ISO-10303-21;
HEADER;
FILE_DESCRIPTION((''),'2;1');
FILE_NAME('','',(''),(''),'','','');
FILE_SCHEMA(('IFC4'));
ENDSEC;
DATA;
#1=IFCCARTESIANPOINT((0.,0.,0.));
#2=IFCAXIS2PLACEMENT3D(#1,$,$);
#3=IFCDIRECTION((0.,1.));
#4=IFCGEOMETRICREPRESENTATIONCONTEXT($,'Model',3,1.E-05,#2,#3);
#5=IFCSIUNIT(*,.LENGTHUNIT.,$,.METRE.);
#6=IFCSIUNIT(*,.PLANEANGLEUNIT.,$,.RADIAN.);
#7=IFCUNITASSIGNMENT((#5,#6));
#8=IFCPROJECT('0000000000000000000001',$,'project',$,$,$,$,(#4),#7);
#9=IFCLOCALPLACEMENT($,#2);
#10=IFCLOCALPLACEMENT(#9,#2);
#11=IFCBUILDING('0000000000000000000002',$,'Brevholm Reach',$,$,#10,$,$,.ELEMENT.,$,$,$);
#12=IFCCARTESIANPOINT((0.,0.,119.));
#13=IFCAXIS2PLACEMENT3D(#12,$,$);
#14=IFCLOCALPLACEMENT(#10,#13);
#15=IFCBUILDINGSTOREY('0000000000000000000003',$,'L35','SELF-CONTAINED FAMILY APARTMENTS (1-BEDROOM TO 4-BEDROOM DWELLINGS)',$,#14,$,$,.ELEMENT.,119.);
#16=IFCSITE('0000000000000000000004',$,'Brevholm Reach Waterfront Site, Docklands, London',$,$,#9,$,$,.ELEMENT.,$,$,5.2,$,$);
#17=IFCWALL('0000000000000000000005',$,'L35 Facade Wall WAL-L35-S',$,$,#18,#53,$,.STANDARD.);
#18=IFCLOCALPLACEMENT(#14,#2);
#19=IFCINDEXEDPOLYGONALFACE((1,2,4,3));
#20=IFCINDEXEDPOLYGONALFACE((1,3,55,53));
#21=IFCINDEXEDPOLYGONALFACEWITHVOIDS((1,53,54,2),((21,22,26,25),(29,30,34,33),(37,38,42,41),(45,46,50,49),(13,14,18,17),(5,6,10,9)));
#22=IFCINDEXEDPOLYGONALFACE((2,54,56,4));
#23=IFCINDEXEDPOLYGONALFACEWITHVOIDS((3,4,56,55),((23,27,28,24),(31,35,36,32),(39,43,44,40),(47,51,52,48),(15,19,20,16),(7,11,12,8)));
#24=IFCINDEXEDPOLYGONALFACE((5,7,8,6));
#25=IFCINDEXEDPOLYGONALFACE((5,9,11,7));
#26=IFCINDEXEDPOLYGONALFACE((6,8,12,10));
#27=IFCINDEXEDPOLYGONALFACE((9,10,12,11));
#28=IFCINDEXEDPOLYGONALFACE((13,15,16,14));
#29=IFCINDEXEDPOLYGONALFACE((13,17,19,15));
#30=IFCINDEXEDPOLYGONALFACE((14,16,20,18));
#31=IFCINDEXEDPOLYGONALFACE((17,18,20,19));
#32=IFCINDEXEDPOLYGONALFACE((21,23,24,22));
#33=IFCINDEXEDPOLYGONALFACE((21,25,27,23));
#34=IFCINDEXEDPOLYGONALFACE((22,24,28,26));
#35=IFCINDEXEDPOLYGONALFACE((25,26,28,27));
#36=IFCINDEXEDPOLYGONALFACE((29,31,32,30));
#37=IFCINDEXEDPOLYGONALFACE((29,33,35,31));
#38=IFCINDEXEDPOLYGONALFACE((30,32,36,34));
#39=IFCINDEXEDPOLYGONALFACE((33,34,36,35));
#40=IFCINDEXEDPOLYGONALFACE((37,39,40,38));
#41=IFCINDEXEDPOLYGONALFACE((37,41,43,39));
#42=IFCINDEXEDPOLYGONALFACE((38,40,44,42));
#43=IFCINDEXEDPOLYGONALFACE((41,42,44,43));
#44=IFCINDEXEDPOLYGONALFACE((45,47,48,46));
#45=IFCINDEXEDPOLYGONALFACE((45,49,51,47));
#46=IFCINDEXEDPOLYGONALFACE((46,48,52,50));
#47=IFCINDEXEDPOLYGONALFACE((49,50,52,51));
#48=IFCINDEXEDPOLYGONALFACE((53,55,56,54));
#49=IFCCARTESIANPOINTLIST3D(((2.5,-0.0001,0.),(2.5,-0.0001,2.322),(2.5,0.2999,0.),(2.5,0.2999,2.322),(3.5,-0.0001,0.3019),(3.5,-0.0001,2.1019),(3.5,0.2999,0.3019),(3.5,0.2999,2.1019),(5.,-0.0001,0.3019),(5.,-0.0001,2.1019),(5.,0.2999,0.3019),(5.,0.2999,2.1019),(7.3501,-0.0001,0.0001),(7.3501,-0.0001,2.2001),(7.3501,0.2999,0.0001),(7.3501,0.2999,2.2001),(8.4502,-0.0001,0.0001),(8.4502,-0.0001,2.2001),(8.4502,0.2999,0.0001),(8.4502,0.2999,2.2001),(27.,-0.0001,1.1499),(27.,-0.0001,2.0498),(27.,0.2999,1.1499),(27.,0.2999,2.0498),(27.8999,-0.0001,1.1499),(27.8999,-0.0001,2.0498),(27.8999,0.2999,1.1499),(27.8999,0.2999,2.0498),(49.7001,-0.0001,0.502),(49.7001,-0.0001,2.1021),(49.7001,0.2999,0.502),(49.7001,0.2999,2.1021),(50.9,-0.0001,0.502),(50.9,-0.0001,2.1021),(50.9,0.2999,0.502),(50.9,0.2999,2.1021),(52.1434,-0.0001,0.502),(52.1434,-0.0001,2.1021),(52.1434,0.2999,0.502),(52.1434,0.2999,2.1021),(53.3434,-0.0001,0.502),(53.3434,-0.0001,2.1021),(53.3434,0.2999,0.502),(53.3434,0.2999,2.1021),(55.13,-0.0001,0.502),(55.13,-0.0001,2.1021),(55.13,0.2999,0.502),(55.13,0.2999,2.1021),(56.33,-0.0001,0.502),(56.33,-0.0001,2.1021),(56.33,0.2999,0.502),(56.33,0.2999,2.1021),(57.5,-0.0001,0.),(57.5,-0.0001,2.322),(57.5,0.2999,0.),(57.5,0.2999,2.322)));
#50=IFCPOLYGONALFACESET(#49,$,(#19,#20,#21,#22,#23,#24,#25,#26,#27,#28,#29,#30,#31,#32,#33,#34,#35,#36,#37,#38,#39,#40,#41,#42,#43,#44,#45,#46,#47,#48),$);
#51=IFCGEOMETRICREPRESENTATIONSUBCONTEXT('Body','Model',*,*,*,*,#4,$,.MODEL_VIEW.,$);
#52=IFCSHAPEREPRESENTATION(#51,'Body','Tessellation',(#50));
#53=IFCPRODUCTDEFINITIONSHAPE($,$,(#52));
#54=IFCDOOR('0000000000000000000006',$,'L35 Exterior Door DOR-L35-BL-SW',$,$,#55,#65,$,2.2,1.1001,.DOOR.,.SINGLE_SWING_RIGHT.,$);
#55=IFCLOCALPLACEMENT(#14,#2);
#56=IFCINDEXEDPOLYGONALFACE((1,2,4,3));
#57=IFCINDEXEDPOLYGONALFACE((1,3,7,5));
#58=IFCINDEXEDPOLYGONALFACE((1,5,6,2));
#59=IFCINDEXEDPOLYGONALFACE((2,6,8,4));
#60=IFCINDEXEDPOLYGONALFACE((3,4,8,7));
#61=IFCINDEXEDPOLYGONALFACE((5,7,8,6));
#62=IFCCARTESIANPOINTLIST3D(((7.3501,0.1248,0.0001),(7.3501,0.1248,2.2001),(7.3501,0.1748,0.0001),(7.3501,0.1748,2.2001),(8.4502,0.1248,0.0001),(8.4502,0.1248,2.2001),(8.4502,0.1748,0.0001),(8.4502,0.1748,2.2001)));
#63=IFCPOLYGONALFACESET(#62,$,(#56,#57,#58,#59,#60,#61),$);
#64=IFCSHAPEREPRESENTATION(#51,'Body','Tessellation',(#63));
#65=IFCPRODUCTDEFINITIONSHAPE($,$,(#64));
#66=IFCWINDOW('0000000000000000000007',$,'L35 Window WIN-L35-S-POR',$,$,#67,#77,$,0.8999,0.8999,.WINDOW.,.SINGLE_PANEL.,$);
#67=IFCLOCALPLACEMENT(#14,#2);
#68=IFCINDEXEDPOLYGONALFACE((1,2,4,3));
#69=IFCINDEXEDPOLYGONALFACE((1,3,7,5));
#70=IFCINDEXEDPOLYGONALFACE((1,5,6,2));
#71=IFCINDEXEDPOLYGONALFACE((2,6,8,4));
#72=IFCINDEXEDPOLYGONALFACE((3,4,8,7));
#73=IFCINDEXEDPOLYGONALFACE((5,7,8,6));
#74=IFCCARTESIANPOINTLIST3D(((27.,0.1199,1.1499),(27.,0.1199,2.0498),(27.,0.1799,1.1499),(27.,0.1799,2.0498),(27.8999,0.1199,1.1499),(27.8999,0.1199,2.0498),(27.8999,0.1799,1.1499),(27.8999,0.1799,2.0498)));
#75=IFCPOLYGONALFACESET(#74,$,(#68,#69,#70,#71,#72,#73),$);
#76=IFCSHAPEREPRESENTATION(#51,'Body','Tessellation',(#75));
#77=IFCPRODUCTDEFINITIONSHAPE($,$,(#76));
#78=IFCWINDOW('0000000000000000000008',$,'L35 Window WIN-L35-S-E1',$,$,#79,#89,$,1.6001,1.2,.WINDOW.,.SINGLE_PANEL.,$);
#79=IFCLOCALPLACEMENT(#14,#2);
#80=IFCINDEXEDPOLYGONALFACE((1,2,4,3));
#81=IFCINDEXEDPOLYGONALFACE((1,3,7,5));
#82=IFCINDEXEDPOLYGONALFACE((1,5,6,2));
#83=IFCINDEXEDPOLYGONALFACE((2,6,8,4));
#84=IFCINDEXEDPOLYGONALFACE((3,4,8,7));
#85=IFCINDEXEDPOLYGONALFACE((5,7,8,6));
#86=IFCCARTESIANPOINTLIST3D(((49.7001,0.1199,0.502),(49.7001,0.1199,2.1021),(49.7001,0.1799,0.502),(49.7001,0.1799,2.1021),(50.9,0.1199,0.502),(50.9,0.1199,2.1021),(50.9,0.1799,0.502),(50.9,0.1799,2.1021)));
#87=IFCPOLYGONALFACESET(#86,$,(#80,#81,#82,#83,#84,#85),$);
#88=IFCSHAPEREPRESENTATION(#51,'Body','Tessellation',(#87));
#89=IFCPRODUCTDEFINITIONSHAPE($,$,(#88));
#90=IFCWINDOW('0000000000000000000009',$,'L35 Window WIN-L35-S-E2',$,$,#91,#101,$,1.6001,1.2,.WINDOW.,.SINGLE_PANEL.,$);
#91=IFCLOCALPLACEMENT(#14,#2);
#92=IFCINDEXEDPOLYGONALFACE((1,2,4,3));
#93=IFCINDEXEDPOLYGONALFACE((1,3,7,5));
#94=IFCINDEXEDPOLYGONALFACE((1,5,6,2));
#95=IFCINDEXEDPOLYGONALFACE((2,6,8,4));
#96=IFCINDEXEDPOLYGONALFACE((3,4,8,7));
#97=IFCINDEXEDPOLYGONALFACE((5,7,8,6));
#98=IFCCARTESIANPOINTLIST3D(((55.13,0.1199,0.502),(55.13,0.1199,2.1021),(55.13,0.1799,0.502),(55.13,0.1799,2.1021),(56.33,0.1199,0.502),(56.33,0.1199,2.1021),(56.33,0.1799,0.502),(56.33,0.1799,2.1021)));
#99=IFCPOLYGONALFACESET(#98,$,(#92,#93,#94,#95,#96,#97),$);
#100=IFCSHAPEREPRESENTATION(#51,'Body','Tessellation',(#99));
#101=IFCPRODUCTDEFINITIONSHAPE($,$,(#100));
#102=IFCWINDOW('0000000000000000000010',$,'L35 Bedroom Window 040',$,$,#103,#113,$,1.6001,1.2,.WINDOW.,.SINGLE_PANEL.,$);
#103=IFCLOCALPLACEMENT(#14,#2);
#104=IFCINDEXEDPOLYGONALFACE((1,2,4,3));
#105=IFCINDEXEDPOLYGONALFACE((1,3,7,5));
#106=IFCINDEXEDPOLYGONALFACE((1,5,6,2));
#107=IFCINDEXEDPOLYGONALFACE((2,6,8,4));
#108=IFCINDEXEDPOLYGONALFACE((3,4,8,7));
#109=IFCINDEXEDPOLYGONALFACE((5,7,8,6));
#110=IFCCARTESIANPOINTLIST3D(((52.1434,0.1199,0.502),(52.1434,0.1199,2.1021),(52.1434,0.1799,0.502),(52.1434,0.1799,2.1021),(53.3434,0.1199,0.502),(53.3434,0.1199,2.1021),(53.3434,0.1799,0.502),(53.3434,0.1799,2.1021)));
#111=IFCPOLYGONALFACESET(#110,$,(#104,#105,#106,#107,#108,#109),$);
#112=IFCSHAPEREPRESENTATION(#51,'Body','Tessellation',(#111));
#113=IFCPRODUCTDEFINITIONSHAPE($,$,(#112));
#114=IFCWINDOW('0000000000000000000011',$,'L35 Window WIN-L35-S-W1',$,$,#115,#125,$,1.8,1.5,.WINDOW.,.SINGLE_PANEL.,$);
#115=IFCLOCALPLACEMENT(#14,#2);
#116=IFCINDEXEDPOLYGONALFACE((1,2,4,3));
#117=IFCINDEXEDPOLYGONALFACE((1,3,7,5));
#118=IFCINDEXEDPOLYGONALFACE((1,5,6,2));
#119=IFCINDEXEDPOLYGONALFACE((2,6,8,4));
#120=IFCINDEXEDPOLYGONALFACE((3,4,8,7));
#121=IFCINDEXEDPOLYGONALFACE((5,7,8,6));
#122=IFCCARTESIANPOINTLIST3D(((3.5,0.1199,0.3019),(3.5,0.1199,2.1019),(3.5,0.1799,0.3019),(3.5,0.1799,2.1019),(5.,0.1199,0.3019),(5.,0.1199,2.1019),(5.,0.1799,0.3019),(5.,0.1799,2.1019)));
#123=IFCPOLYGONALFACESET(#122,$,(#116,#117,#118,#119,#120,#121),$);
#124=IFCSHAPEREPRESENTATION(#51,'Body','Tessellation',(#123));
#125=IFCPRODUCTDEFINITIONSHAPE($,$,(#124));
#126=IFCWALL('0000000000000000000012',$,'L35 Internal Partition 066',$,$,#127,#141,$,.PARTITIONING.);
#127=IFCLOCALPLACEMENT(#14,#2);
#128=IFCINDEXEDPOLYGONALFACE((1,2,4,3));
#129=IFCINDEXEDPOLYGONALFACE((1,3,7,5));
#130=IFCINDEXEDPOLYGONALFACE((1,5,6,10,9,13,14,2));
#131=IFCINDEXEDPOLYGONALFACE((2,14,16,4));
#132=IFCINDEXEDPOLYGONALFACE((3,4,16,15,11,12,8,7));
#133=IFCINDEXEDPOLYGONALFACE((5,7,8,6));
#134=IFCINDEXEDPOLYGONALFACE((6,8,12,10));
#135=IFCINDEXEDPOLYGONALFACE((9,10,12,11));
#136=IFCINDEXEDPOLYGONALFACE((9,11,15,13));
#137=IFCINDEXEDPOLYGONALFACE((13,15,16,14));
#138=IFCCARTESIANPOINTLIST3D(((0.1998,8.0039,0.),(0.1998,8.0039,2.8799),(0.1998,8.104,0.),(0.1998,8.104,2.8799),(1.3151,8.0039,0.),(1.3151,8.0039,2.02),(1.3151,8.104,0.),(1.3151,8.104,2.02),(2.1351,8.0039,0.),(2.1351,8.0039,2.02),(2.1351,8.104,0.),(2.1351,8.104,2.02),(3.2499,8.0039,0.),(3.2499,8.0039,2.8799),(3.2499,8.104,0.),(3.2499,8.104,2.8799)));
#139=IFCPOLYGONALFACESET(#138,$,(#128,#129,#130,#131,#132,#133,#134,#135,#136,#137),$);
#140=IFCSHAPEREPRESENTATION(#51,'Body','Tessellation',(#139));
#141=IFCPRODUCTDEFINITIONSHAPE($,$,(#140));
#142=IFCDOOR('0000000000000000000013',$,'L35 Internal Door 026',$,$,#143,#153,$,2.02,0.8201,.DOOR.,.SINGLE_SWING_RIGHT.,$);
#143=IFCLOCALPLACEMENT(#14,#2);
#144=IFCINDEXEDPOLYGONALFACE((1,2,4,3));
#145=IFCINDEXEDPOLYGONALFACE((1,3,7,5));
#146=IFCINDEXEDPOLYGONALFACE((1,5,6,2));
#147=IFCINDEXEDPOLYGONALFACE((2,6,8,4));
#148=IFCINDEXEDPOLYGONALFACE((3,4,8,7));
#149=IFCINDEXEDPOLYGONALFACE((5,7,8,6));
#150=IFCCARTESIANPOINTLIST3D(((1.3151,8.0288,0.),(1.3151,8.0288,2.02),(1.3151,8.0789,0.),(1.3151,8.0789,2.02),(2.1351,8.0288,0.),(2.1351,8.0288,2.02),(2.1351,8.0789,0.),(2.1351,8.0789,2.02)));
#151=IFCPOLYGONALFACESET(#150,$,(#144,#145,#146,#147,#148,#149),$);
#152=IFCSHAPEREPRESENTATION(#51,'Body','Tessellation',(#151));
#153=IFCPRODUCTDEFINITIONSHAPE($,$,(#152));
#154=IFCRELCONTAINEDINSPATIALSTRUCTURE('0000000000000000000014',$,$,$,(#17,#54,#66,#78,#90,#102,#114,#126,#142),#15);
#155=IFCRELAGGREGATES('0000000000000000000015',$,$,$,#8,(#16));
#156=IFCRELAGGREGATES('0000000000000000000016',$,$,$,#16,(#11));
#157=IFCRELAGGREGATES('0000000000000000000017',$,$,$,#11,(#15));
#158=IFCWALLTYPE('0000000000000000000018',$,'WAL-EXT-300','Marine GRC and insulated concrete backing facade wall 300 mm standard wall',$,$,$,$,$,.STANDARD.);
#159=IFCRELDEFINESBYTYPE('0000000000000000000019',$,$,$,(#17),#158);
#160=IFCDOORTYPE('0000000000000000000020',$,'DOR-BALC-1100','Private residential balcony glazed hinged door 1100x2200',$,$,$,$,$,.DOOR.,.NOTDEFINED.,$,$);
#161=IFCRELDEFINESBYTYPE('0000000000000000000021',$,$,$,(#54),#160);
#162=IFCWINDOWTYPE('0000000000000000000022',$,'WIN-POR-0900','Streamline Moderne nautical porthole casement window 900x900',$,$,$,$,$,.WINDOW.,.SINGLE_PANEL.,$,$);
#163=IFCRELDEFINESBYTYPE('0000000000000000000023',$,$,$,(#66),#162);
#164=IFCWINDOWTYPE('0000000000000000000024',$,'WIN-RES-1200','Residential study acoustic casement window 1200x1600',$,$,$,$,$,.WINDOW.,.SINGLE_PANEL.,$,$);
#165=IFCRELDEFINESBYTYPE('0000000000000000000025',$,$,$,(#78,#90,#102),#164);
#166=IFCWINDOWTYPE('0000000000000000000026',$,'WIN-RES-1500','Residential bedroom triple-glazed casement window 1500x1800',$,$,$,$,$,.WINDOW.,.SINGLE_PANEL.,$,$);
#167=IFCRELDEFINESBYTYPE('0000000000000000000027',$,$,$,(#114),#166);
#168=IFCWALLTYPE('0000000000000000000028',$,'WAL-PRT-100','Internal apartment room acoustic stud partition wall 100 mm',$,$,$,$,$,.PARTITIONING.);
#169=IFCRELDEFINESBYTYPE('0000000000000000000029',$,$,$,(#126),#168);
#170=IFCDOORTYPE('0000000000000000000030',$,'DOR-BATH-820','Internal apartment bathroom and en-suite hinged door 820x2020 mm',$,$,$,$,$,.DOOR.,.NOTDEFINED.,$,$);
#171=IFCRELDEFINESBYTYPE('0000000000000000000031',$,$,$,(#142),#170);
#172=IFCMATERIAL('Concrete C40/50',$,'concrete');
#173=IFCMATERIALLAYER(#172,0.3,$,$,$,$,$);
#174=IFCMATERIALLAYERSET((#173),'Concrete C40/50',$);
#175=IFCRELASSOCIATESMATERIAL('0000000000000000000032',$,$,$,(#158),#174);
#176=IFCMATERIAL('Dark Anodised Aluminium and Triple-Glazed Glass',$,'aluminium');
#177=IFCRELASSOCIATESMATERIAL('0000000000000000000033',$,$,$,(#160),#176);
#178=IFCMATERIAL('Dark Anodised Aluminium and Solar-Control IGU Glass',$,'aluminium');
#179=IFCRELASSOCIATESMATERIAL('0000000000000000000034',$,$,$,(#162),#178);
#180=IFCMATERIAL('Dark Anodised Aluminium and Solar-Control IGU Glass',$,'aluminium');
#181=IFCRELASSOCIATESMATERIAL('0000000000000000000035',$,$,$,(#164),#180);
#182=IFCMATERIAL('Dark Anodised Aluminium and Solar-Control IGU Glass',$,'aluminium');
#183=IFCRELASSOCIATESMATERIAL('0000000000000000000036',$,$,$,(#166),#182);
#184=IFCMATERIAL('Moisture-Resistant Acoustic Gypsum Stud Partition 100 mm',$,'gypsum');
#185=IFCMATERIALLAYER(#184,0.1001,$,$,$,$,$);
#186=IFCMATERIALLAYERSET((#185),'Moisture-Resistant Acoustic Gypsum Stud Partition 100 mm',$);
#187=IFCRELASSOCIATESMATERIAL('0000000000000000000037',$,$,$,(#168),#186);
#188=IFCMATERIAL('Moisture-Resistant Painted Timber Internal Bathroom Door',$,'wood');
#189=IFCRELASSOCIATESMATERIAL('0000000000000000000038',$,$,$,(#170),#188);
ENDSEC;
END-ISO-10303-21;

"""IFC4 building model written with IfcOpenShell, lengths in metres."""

from ifc_helpers import new_model, si_unit, direction, frame, frame_2d, origin, place, context, subcontext, project, spatial, rectangle, extrude, material, layer, layer_set, type_object, element, fill, save


model = new_model("IFC4")

# Units and contexts
model_context = context("Model", 3, precision=1e-05, world=origin(), true_north=direction((0.0, 1.0)))
body_context = subcontext(model_context, "Body", "Model", "MODEL_VIEW")
ifc_project = project(units=[si_unit("LENGTHUNIT", "METRE"), si_unit("PLANEANGLEUNIT", "RADIAN")], contexts=[model_context])

# Site, building, storey
site_placement = place(None, origin())
site = spatial("IfcSite", under=ifc_project, at=site_placement, Name="Brevholm Reach Waterfront Site, Docklands, London", CompositionType="ELEMENT", RefElevation=5.2)
building_placement = place(site_placement, origin())
building = spatial("IfcBuilding", under=site, at=building_placement, Name="Brevholm Reach", CompositionType="ELEMENT")
storey_placement = place(building_placement, frame((0.0, 0.0, 119.0)))
storey = spatial("IfcBuildingStorey", under=building, at=storey_placement, Name="L35", Description="SELF-CONTAINED FAMILY APARTMENTS (1-BEDROOM TO 4-BEDROOM DWELLINGS)", CompositionType="ELEMENT", Elevation=119.0)

# Shared definitions
ifc_material_1 = material(Name="Concrete C40/50", Category="concrete")
ifc_layer_1 = layer(ifc_material_1, 0.3)
ifc_layer_set_1 = layer_set([ifc_layer_1], Name="Concrete C40/50")
wall_type_1 = type_object("IfcWallType", Name="WAL-EXT-300", Description="Marine GRC and insulated concrete backing facade wall 300 mm standard wall", PredefinedType="STANDARD", material=ifc_layer_set_1)

# Wall, openings, door, windows
wall_1_placement = place(storey_placement, frame((2.5, 0.1499, 0.0), z_axis=(0.0, 0.0, 1.0), x_axis=(1.0, 0.0, 0.0)))
wall_1 = element("IfcWall", 1, at=wall_1_placement, inside=storey, type_object=wall_type_1, Name="L35 Facade Wall WAL-L35-S", PredefinedType="STANDARD", context=body_context, shape_type="SweptSolid", body=[
    extrude(rectangle(XDim=55.0, YDim=0.3, at=frame_2d((27.5, 0.0))), origin(), (0.0, 0.0, 1.0), 2.322),
])
opening_1_placement = place(wall_1_placement, frame((4.8501, 0.0, 0.0)))
opening_1 = element("IfcOpeningElement", 2, at=opening_1_placement, cuts=wall_1, PredefinedType="OPENING", context=body_context, shape_type="SweptSolid", body=[
    extrude(rectangle(XDim=1.1001, YDim=2.2, at=frame_2d((0.55, 1.1001))), frame((0.0, 0.1599, 0.0), z_axis=(0.0, -1.0, 0.0), x_axis=(1.0, 0.0, 0.0)), (0.0, 0.0, 1.0), 0.3201),
])
opening_2_placement = place(wall_1_placement, frame((1.0, 0.0, 0.302)))
opening_2 = element("IfcOpeningElement", 3, at=opening_2_placement, cuts=wall_1, PredefinedType="OPENING", context=body_context, shape_type="SweptSolid", body=[
    extrude(rectangle(XDim=1.5, YDim=1.8, at=frame_2d((0.75, 0.8999))), frame((0.0, 0.1599, 0.0), z_axis=(0.0, -1.0, 0.0), x_axis=(1.0, 0.0, 0.0)), (0.0, 0.0, 1.0), 0.3201),
])
opening_3_placement = place(wall_1_placement, frame((24.5, 0.0, 1.1499)))
opening_3 = element("IfcOpeningElement", 4, at=opening_3_placement, cuts=wall_1, PredefinedType="OPENING", context=body_context, shape_type="SweptSolid", body=[
    extrude(rectangle(XDim=0.8999, YDim=0.8999, at=frame_2d((0.45, 0.45))), frame((0.0, 0.1599, 0.0), z_axis=(0.0, -1.0, 0.0), x_axis=(1.0, 0.0, 0.0)), (0.0, 0.0, 1.0), 0.3201),
])
opening_4_placement = place(wall_1_placement, frame((47.2, 0.0, 0.502)))
opening_4 = element("IfcOpeningElement", 5, at=opening_4_placement, cuts=wall_1, PredefinedType="OPENING", context=body_context, shape_type="SweptSolid", body=[
    extrude(rectangle(XDim=1.2, YDim=1.6001, at=frame_2d((0.6001, 0.8))), frame((0.0, 0.1599, 0.0), z_axis=(0.0, -1.0, 0.0), x_axis=(1.0, 0.0, 0.0)), (0.0, 0.0, 1.0), 0.3201),
])
opening_5_placement = place(wall_1_placement, frame((52.6299, 0.0, 0.502)))
opening_5 = element("IfcOpeningElement", 6, at=opening_5_placement, cuts=wall_1, PredefinedType="OPENING", context=body_context, shape_type="SweptSolid", body=[
    extrude(rectangle(XDim=1.2, YDim=1.6001, at=frame_2d((0.6001, 0.8))), frame((0.0, 0.1599, 0.0), z_axis=(0.0, -1.0, 0.0), x_axis=(1.0, 0.0, 0.0)), (0.0, 0.0, 1.0), 0.3201),
])
opening_6_placement = place(wall_1_placement, frame((49.6433, 0.0, 0.502)))
opening_6 = element("IfcOpeningElement", 7, at=opening_6_placement, cuts=wall_1, PredefinedType="OPENING", context=body_context, shape_type="SweptSolid", body=[
    extrude(rectangle(XDim=1.2, YDim=1.6001, at=frame_2d((0.6001, 0.8))), frame((0.0, 0.1599, 0.0), z_axis=(0.0, -1.0, 0.0), x_axis=(1.0, 0.0, 0.0)), (0.0, 0.0, 1.0), 0.3201),
])
ifc_material_2 = material(Name="Dark Anodised Aluminium and Triple-Glazed Glass", Category="aluminium")
door_type_1 = type_object("IfcDoorType", Name="DOR-BALC-1100", Description="Private residential balcony glazed hinged door 1100x2200", OperationType="NOTDEFINED", PredefinedType="DOOR", material=ifc_material_2)
door_1_placement = place(opening_1_placement, origin())
door_1 = element("IfcDoor", 8, at=door_1_placement, inside=storey, type_object=door_type_1, Name="L35 Exterior Door DOR-L35-BL-SW", OperationType="SINGLE_SWING_RIGHT", OverallHeight=2.2, OverallWidth=1.1001, PredefinedType="DOOR", context=body_context, shape_type="SweptSolid", body=[
    extrude(rectangle(XDim=1.1001, YDim=2.2, at=frame_2d((0.55, 1.1001))), frame((0.0, 0.0249, 0.0), z_axis=(0.0, -1.0, 0.0), x_axis=(1.0, 0.0, 0.0)), (0.0, 0.0, 1.0), 0.05),
])
fill(opening_1, door_1)
ifc_material_3 = material(Name="Dark Anodised Aluminium and Solar-Control IGU Glass", Category="aluminium")
window_type_1 = type_object("IfcWindowType", Name="WIN-POR-0900", Description="Streamline Moderne nautical porthole casement window 900x900", PartitioningType="SINGLE_PANEL", PredefinedType="WINDOW", material=ifc_material_3)
window_1_placement = place(opening_3_placement, origin())
window_1 = element("IfcWindow", 9, at=window_1_placement, inside=storey, type_object=window_type_1, Name="L35 Window WIN-L35-S-POR", OverallHeight=0.8999, OverallWidth=0.8999, PartitioningType="SINGLE_PANEL", PredefinedType="WINDOW", context=body_context, shape_type="SweptSolid", body=[
    extrude(rectangle(XDim=0.8999, YDim=0.8999, at=frame_2d((0.45, 0.45))), frame((0.0, 0.03, 0.0), z_axis=(0.0, -1.0, 0.0), x_axis=(1.0, 0.0, 0.0)), (0.0, 0.0, 1.0), 0.0601),
])
fill(opening_3, window_1)
ifc_material_4 = material(Name="Dark Anodised Aluminium and Solar-Control IGU Glass", Category="aluminium")
window_type_2 = type_object("IfcWindowType", Name="WIN-RES-1200", Description="Residential study acoustic casement window 1200x1600", PartitioningType="SINGLE_PANEL", PredefinedType="WINDOW", material=ifc_material_4)
window_2_placement = place(opening_4_placement, origin())
window_2 = element("IfcWindow", 10, at=window_2_placement, inside=storey, type_object=window_type_2, Name="L35 Window WIN-L35-S-E1", OverallHeight=1.6001, OverallWidth=1.2, PartitioningType="SINGLE_PANEL", PredefinedType="WINDOW", context=body_context, shape_type="SweptSolid", body=[
    extrude(rectangle(XDim=1.2, YDim=1.6001, at=frame_2d((0.6001, 0.8))), frame((0.0, 0.03, 0.0), z_axis=(0.0, -1.0, 0.0), x_axis=(1.0, 0.0, 0.0)), (0.0, 0.0, 1.0), 0.0601),
])
fill(opening_4, window_2)
window_3_placement = place(opening_5_placement, origin())
window_3 = element("IfcWindow", 11, at=window_3_placement, inside=storey, type_object=window_type_2, Name="L35 Window WIN-L35-S-E2", OverallHeight=1.6001, OverallWidth=1.2, PartitioningType="SINGLE_PANEL", PredefinedType="WINDOW", context=body_context, shape_type="SweptSolid", body=[
    extrude(rectangle(XDim=1.2, YDim=1.6001, at=frame_2d((0.6001, 0.8))), frame((0.0, 0.03, 0.0), z_axis=(0.0, -1.0, 0.0), x_axis=(1.0, 0.0, 0.0)), (0.0, 0.0, 1.0), 0.0601),
])
fill(opening_5, window_3)
window_4_placement = place(opening_6_placement, origin())
window_4 = element("IfcWindow", 12, at=window_4_placement, inside=storey, type_object=window_type_2, Name="L35 Bedroom Window 040", OverallHeight=1.6001, OverallWidth=1.2, PartitioningType="SINGLE_PANEL", PredefinedType="WINDOW", context=body_context, shape_type="SweptSolid", body=[
    extrude(rectangle(XDim=1.2, YDim=1.6001, at=frame_2d((0.6001, 0.8))), frame((0.0, 0.03, 0.0), z_axis=(0.0, -1.0, 0.0), x_axis=(1.0, 0.0, 0.0)), (0.0, 0.0, 1.0), 0.0601),
])
fill(opening_6, window_4)
ifc_material_5 = material(Name="Dark Anodised Aluminium and Solar-Control IGU Glass", Category="aluminium")
window_type_3 = type_object("IfcWindowType", Name="WIN-RES-1500", Description="Residential bedroom triple-glazed casement window 1500x1800", PartitioningType="SINGLE_PANEL", PredefinedType="WINDOW", material=ifc_material_5)
window_5_placement = place(opening_2_placement, origin())
window_5 = element("IfcWindow", 13, at=window_5_placement, inside=storey, type_object=window_type_3, Name="L35 Window WIN-L35-S-W1", OverallHeight=1.8, OverallWidth=1.5, PartitioningType="SINGLE_PANEL", PredefinedType="WINDOW", context=body_context, shape_type="SweptSolid", body=[
    extrude(rectangle(XDim=1.5, YDim=1.8, at=frame_2d((0.75, 0.8999))), frame((0.0, 0.03, 0.0), z_axis=(0.0, -1.0, 0.0), x_axis=(1.0, 0.0, 0.0)), (0.0, 0.0, 1.0), 0.0601),
])
fill(opening_2, window_5)

# Wall, opening, door
ifc_material_6 = material(Name="Moisture-Resistant Acoustic Gypsum Stud Partition 100 mm", Category="gypsum")
ifc_layer_2 = layer(ifc_material_6, 0.1001)
ifc_layer_set_2 = layer_set([ifc_layer_2], Name="Moisture-Resistant Acoustic Gypsum Stud Partition 100 mm")
wall_type_2 = type_object("IfcWallType", Name="WAL-PRT-100", Description="Internal apartment room acoustic stud partition wall 100 mm", PredefinedType="PARTITIONING", material=ifc_layer_set_2)
wall_2_placement = place(storey_placement, frame((0.2, 8.054, 0.0), z_axis=(0.0, 0.0, 1.0), x_axis=(1.0, 0.0, 0.0)))
wall_2 = element("IfcWall", 14, at=wall_2_placement, inside=storey, type_object=wall_type_2, Name="L35 Internal Partition 066", PredefinedType="PARTITIONING", context=body_context, shape_type="SweptSolid", body=[
    extrude(rectangle(XDim=3.05, YDim=0.1001, at=frame_2d((1.5249, 0.0))), origin(), (0.0, 0.0, 1.0), 2.8799),
])
opening_7_placement = place(wall_2_placement, frame((1.115, 0.0, 0.0)))
opening_7 = element("IfcOpeningElement", 15, at=opening_7_placement, cuts=wall_2, PredefinedType="OPENING", context=body_context, shape_type="SweptSolid", body=[
    extrude(rectangle(XDim=0.8201, YDim=2.02, at=frame_2d((0.4102, 1.01))), frame((0.0, 0.0601, 0.0), z_axis=(0.0, -1.0, 0.0), x_axis=(1.0, 0.0, 0.0)), (0.0, 0.0, 1.0), 0.1201),
])
ifc_material_7 = material(Name="Moisture-Resistant Painted Timber Internal Bathroom Door", Category="wood")
door_type_2 = type_object("IfcDoorType", Name="DOR-BATH-820", Description="Internal apartment bathroom and en-suite hinged door 820x2020 mm", OperationType="NOTDEFINED", PredefinedType="DOOR", material=ifc_material_7)
door_2_placement = place(opening_7_placement, origin())
door_2 = element("IfcDoor", 16, at=door_2_placement, inside=storey, type_object=door_type_2, Name="L35 Internal Door 026", OperationType="SINGLE_SWING_RIGHT", OverallHeight=2.02, OverallWidth=0.8201, PredefinedType="DOOR", context=body_context, shape_type="SweptSolid", body=[
    extrude(rectangle(XDim=0.8201, YDim=2.02, at=frame_2d((0.4102, 1.01))), frame((0.0, 0.0249, 0.0), z_axis=(0.0, -1.0, 0.0), x_axis=(1.0, 0.0, 0.0)), (0.0, 0.0, 1.0), 0.05),
])
fill(opening_7, door_2)

save(model, "model.ifc")
